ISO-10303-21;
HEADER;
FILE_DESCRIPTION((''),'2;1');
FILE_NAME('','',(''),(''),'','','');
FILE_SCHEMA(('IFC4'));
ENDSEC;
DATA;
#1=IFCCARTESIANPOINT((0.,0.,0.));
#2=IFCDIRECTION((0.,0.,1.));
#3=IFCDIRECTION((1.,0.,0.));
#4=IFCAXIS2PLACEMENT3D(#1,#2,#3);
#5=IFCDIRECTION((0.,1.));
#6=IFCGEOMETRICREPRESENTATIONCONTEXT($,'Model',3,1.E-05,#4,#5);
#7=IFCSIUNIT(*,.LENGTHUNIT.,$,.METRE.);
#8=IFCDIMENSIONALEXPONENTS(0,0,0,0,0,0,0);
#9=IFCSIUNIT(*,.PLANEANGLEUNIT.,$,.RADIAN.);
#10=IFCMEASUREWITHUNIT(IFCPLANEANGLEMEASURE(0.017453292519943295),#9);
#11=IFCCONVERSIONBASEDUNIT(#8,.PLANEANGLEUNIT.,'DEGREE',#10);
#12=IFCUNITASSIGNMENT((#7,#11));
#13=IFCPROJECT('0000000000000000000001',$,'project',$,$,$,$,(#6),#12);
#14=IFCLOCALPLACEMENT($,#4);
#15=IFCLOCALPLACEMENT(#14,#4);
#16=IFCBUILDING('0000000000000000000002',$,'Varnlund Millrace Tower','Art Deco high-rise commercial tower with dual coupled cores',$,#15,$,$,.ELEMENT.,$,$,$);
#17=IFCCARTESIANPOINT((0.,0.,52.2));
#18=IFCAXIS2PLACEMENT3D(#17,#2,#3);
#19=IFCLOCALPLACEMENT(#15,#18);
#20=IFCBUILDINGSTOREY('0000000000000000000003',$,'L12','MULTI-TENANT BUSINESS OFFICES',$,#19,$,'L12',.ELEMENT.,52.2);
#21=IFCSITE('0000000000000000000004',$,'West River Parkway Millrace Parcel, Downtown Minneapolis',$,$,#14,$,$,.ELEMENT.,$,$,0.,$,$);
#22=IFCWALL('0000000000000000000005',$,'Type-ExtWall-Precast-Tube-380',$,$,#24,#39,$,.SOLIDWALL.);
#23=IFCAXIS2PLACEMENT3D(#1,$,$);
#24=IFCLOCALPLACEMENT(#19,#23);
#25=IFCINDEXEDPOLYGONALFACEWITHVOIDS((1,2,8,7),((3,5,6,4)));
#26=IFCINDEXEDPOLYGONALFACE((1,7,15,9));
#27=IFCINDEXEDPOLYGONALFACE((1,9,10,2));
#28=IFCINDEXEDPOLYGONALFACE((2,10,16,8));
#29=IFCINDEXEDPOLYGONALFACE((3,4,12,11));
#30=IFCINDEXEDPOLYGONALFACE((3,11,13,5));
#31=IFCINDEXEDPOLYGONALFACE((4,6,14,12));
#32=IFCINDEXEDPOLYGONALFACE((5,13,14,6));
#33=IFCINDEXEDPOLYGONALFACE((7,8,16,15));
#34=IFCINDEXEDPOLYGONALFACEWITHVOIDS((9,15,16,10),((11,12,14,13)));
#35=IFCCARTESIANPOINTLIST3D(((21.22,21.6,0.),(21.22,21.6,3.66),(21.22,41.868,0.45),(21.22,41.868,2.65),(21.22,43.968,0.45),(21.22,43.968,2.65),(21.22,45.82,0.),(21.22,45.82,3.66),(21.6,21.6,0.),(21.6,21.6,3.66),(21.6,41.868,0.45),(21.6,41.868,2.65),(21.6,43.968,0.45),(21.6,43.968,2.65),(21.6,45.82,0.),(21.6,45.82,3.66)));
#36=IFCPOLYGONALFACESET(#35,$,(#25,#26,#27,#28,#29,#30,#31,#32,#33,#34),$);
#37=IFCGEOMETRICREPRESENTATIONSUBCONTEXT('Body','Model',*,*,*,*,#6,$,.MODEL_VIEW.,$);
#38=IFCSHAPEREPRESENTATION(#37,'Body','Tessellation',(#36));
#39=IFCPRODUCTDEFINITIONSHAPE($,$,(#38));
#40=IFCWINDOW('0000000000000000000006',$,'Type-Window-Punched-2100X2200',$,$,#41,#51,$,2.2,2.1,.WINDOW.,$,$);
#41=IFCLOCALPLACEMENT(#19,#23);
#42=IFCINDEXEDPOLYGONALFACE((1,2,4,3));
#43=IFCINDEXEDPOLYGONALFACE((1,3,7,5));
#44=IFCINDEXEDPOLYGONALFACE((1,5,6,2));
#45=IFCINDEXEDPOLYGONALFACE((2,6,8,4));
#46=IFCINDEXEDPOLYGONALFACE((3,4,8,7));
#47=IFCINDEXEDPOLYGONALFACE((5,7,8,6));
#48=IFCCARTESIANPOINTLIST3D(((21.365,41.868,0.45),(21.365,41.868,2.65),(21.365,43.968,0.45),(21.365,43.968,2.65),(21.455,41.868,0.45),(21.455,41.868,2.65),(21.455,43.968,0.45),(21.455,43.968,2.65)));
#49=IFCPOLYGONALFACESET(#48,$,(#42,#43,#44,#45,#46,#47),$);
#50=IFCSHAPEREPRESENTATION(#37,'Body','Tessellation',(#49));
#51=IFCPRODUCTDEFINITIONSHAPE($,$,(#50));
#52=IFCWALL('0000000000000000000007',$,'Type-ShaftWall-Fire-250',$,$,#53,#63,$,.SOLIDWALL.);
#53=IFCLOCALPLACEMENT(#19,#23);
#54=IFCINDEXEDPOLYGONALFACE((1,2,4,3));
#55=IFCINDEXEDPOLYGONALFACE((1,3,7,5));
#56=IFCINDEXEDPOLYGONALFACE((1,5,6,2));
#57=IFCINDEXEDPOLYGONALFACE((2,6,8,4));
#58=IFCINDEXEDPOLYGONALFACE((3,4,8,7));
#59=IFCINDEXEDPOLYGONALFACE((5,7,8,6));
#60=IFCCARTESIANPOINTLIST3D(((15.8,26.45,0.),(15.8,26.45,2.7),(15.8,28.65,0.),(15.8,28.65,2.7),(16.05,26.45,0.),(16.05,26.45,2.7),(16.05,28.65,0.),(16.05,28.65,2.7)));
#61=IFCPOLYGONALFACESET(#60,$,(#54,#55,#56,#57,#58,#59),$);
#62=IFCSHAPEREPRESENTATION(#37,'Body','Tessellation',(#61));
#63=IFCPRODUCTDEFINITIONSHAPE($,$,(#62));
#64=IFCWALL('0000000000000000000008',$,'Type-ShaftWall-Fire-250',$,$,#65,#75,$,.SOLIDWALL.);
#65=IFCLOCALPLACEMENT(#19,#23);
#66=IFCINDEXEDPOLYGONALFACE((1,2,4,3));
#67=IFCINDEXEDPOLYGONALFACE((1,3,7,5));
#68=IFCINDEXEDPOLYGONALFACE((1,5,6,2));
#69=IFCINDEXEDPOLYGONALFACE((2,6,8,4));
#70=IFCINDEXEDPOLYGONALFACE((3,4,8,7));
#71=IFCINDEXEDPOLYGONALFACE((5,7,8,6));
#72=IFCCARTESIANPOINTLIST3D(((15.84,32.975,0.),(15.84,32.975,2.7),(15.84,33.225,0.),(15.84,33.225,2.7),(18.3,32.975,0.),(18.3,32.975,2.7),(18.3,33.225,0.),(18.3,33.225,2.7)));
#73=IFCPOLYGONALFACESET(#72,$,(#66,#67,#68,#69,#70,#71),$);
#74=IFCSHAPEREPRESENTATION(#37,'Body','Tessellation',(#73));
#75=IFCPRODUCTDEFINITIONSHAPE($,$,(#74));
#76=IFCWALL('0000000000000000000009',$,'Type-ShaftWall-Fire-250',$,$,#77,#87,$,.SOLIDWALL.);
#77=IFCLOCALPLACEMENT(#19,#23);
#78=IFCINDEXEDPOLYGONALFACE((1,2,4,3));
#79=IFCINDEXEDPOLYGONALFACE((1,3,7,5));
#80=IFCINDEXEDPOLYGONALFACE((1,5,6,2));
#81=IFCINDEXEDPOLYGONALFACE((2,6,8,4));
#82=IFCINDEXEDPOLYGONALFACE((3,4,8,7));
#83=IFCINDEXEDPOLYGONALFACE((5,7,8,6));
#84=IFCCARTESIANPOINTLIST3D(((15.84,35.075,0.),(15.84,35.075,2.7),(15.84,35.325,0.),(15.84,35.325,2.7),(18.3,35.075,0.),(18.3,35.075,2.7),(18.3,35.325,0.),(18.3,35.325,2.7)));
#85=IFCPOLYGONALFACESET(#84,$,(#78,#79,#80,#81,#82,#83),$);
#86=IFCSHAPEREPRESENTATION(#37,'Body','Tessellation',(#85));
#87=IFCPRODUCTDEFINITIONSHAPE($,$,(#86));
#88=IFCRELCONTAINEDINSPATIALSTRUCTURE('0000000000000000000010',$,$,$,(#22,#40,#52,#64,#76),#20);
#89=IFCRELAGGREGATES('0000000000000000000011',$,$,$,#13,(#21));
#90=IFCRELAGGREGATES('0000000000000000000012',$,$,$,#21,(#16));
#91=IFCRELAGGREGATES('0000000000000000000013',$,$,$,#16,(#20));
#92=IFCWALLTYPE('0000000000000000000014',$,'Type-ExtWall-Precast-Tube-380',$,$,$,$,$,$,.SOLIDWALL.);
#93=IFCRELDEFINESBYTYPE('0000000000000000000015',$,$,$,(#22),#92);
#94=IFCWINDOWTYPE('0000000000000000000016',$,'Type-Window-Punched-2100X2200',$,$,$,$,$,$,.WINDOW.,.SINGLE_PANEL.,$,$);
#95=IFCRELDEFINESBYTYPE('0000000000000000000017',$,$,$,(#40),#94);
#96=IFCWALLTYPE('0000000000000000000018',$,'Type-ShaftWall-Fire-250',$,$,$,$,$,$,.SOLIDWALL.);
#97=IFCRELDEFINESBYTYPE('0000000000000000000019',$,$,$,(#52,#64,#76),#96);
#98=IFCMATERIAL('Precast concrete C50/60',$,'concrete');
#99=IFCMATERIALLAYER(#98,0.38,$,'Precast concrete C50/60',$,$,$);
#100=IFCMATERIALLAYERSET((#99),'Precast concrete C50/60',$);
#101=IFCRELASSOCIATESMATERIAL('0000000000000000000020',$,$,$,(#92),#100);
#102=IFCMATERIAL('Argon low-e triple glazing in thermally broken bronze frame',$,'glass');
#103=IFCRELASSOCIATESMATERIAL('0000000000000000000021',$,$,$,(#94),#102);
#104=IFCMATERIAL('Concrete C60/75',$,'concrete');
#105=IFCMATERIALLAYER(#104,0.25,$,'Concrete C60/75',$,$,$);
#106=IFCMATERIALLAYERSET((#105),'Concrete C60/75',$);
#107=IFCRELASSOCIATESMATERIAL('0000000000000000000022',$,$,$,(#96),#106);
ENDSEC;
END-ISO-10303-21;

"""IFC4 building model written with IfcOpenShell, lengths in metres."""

from ifc_helpers import new_model, entity, si_unit, converted_unit, direction, frame, origin_with_axes, origin_2d_with_axis, place, context, subcontext, project, spatial, polyline, rectangle, outline, extrude, material, layer, layer_set, type_object, element, fill, save


model = new_model("IFC4")

# Units and contexts
model_context = context("Model", 3, precision=1e-05, world=origin_with_axes(), true_north=direction((0.0, 1.0)))
body_context = subcontext(model_context, "Body", "Model", "MODEL_VIEW")
ifc_project = project(units=[si_unit("LENGTHUNIT", "METRE"), converted_unit("PLANEANGLEUNIT", "DEGREE", entity("IfcPlaneAngleMeasure", 0.017453292519943295), si_unit("PLANEANGLEUNIT", "RADIAN"), dimensions=[0, 0, 0, 0, 0, 0, 0])], contexts=[model_context])

# Site, building, storey
site_placement = place(None, origin_with_axes())
site = spatial("IfcSite", under=ifc_project, at=site_placement, Name="West River Parkway Millrace Parcel, Downtown Minneapolis", CompositionType="ELEMENT", RefElevation=0.0)
building_placement = place(site_placement, origin_with_axes())
building = spatial("IfcBuilding", under=site, at=building_placement, Name="Varnlund Millrace Tower", Description="Art Deco high-rise commercial tower with dual coupled cores", CompositionType="ELEMENT")
storey_placement = place(building_placement, frame((0.0, 0.0, 52.2), z_axis=(0.0, 0.0, 1.0), x_axis=(1.0, 0.0, 0.0)))
storey = spatial("IfcBuildingStorey", under=building, at=storey_placement, Name="L12", Description="MULTI-TENANT BUSINESS OFFICES", LongName="L12", CompositionType="ELEMENT", Elevation=52.2)

# Shared definitions
ifc_material_1 = material(Name="Precast concrete C50/60", Category="concrete")
ifc_layer_1 = layer(ifc_material_1, 0.38, Name="Precast concrete C50/60")
ifc_layer_set_1 = layer_set([ifc_layer_1], Name="Precast concrete C50/60")
wall_type_1 = type_object("IfcWallType", Name="Type-ExtWall-Precast-Tube-380", PredefinedType="SOLIDWALL", material=ifc_layer_set_1)

# Wall, opening, window
wall_1_placement = place(storey_placement, frame((21.41, 45.82, 0.0), z_axis=(0.0, 0.0, 1.0), x_axis=(0.0, -1.0, 0.0)))
wall_1 = element("IfcWall", 1, at=wall_1_placement, inside=storey, type_object=wall_type_1, Name="Type-ExtWall-Precast-Tube-380", PredefinedType="SOLIDWALL", context=body_context, shape_type="SweptSolid", body=[
    extrude(outline(polyline([(0.0, -0.19), (24.22, -0.19), (24.22, 0.19), (0.0, 0.19), (0.0, -0.19)])), origin_with_axes(), (0.0, 0.0, 1.0), 3.66),
])
opening_1_placement = place(wall_1_placement, frame((2.902, 0.0, 0.45), z_axis=(0.0, 0.0, 1.0), x_axis=(1.0, 0.0, 0.0)))
opening_1 = element("IfcOpeningElement", 2, at=opening_1_placement, cuts=wall_1, PredefinedType="OPENING", context=body_context, shape_type="SweptSolid", body=[
    extrude(rectangle(XDim=2.1, YDim=0.4, at=origin_2d_with_axis()), origin_with_axes(), (0.0, 0.0, 1.0), 2.2),
])
ifc_material_2 = material(Name="Argon low-e triple glazing in thermally broken bronze frame", Category="glass")
window_type = type_object("IfcWindowType", Name="Type-Window-Punched-2100X2200", PartitioningType="SINGLE_PANEL", PredefinedType="WINDOW", material=ifc_material_2)
window_placement = place(wall_1_placement, frame((2.902, 0.0, 0.45), z_axis=(0.0, 0.0, 1.0), x_axis=(1.0, 0.0, 0.0)))
window = element("IfcWindow", 3, at=window_placement, inside=storey, type_object=window_type, Name="Type-Window-Punched-2100X2200", OverallHeight=2.2, OverallWidth=2.1, PredefinedType="WINDOW", context=body_context, shape_type="SweptSolid", body=[
    extrude(rectangle(XDim=2.1, YDim=0.09, at=origin_2d_with_axis()), origin_with_axes(), (0.0, 0.0, 1.0), 2.2),
])
fill(opening_1, window)

# Walls
ifc_material_3 = material(Name="Concrete C60/75", Category="concrete")
ifc_layer_2 = layer(ifc_material_3, 0.25, Name="Concrete C60/75")
ifc_layer_set_2 = layer_set([ifc_layer_2], Name="Concrete C60/75")
wall_type_2 = type_object("IfcWallType", Name="Type-ShaftWall-Fire-250", PredefinedType="SOLIDWALL", material=ifc_layer_set_2)
wall_2_placement = place(storey_placement, frame((15.925, 26.45, 0.0), z_axis=(0.0, 0.0, 1.0), x_axis=(0.0, 1.0, 0.0)))
element("IfcWall", 4, at=wall_2_placement, inside=storey, type_object=wall_type_2, Name="Type-ShaftWall-Fire-250", PredefinedType="SOLIDWALL", context=body_context, shape_type="SweptSolid", body=[
    extrude(outline(polyline([(0.0, -0.125), (2.2, -0.125), (2.2, 0.125), (0.0, 0.125), (0.0, -0.125)])), origin_with_axes(), (0.0, 0.0, 1.0), 2.7),
])
for number, where, z_axis, x_axis, name in (
    (5, (15.84, 33.1, 0.0), (0.0, 0.0, 1.0), (1.0, 0.0, 0.0), "Type-ShaftWall-Fire-250"),
    (6, (15.84, 35.2, 0.0), (0.0, 0.0, 1.0), (1.0, 0.0, 0.0), "Type-ShaftWall-Fire-250"),
):
    element("IfcWall", number, at=place(storey_placement, frame(where, z_axis=z_axis, x_axis=x_axis)), inside=storey, type_object=wall_type_2, Name=name, PredefinedType="SOLIDWALL", context=body_context, shape_type="SweptSolid", body=[
        extrude(outline(polyline([(0.0, -0.125), (2.46, -0.125), (2.46, 0.125), (0.0, 0.125), (0.0, -0.125)])), origin_with_axes(), (0.0, 0.0, 1.0), 2.7),
    ])

save(model, "model.ifc")
